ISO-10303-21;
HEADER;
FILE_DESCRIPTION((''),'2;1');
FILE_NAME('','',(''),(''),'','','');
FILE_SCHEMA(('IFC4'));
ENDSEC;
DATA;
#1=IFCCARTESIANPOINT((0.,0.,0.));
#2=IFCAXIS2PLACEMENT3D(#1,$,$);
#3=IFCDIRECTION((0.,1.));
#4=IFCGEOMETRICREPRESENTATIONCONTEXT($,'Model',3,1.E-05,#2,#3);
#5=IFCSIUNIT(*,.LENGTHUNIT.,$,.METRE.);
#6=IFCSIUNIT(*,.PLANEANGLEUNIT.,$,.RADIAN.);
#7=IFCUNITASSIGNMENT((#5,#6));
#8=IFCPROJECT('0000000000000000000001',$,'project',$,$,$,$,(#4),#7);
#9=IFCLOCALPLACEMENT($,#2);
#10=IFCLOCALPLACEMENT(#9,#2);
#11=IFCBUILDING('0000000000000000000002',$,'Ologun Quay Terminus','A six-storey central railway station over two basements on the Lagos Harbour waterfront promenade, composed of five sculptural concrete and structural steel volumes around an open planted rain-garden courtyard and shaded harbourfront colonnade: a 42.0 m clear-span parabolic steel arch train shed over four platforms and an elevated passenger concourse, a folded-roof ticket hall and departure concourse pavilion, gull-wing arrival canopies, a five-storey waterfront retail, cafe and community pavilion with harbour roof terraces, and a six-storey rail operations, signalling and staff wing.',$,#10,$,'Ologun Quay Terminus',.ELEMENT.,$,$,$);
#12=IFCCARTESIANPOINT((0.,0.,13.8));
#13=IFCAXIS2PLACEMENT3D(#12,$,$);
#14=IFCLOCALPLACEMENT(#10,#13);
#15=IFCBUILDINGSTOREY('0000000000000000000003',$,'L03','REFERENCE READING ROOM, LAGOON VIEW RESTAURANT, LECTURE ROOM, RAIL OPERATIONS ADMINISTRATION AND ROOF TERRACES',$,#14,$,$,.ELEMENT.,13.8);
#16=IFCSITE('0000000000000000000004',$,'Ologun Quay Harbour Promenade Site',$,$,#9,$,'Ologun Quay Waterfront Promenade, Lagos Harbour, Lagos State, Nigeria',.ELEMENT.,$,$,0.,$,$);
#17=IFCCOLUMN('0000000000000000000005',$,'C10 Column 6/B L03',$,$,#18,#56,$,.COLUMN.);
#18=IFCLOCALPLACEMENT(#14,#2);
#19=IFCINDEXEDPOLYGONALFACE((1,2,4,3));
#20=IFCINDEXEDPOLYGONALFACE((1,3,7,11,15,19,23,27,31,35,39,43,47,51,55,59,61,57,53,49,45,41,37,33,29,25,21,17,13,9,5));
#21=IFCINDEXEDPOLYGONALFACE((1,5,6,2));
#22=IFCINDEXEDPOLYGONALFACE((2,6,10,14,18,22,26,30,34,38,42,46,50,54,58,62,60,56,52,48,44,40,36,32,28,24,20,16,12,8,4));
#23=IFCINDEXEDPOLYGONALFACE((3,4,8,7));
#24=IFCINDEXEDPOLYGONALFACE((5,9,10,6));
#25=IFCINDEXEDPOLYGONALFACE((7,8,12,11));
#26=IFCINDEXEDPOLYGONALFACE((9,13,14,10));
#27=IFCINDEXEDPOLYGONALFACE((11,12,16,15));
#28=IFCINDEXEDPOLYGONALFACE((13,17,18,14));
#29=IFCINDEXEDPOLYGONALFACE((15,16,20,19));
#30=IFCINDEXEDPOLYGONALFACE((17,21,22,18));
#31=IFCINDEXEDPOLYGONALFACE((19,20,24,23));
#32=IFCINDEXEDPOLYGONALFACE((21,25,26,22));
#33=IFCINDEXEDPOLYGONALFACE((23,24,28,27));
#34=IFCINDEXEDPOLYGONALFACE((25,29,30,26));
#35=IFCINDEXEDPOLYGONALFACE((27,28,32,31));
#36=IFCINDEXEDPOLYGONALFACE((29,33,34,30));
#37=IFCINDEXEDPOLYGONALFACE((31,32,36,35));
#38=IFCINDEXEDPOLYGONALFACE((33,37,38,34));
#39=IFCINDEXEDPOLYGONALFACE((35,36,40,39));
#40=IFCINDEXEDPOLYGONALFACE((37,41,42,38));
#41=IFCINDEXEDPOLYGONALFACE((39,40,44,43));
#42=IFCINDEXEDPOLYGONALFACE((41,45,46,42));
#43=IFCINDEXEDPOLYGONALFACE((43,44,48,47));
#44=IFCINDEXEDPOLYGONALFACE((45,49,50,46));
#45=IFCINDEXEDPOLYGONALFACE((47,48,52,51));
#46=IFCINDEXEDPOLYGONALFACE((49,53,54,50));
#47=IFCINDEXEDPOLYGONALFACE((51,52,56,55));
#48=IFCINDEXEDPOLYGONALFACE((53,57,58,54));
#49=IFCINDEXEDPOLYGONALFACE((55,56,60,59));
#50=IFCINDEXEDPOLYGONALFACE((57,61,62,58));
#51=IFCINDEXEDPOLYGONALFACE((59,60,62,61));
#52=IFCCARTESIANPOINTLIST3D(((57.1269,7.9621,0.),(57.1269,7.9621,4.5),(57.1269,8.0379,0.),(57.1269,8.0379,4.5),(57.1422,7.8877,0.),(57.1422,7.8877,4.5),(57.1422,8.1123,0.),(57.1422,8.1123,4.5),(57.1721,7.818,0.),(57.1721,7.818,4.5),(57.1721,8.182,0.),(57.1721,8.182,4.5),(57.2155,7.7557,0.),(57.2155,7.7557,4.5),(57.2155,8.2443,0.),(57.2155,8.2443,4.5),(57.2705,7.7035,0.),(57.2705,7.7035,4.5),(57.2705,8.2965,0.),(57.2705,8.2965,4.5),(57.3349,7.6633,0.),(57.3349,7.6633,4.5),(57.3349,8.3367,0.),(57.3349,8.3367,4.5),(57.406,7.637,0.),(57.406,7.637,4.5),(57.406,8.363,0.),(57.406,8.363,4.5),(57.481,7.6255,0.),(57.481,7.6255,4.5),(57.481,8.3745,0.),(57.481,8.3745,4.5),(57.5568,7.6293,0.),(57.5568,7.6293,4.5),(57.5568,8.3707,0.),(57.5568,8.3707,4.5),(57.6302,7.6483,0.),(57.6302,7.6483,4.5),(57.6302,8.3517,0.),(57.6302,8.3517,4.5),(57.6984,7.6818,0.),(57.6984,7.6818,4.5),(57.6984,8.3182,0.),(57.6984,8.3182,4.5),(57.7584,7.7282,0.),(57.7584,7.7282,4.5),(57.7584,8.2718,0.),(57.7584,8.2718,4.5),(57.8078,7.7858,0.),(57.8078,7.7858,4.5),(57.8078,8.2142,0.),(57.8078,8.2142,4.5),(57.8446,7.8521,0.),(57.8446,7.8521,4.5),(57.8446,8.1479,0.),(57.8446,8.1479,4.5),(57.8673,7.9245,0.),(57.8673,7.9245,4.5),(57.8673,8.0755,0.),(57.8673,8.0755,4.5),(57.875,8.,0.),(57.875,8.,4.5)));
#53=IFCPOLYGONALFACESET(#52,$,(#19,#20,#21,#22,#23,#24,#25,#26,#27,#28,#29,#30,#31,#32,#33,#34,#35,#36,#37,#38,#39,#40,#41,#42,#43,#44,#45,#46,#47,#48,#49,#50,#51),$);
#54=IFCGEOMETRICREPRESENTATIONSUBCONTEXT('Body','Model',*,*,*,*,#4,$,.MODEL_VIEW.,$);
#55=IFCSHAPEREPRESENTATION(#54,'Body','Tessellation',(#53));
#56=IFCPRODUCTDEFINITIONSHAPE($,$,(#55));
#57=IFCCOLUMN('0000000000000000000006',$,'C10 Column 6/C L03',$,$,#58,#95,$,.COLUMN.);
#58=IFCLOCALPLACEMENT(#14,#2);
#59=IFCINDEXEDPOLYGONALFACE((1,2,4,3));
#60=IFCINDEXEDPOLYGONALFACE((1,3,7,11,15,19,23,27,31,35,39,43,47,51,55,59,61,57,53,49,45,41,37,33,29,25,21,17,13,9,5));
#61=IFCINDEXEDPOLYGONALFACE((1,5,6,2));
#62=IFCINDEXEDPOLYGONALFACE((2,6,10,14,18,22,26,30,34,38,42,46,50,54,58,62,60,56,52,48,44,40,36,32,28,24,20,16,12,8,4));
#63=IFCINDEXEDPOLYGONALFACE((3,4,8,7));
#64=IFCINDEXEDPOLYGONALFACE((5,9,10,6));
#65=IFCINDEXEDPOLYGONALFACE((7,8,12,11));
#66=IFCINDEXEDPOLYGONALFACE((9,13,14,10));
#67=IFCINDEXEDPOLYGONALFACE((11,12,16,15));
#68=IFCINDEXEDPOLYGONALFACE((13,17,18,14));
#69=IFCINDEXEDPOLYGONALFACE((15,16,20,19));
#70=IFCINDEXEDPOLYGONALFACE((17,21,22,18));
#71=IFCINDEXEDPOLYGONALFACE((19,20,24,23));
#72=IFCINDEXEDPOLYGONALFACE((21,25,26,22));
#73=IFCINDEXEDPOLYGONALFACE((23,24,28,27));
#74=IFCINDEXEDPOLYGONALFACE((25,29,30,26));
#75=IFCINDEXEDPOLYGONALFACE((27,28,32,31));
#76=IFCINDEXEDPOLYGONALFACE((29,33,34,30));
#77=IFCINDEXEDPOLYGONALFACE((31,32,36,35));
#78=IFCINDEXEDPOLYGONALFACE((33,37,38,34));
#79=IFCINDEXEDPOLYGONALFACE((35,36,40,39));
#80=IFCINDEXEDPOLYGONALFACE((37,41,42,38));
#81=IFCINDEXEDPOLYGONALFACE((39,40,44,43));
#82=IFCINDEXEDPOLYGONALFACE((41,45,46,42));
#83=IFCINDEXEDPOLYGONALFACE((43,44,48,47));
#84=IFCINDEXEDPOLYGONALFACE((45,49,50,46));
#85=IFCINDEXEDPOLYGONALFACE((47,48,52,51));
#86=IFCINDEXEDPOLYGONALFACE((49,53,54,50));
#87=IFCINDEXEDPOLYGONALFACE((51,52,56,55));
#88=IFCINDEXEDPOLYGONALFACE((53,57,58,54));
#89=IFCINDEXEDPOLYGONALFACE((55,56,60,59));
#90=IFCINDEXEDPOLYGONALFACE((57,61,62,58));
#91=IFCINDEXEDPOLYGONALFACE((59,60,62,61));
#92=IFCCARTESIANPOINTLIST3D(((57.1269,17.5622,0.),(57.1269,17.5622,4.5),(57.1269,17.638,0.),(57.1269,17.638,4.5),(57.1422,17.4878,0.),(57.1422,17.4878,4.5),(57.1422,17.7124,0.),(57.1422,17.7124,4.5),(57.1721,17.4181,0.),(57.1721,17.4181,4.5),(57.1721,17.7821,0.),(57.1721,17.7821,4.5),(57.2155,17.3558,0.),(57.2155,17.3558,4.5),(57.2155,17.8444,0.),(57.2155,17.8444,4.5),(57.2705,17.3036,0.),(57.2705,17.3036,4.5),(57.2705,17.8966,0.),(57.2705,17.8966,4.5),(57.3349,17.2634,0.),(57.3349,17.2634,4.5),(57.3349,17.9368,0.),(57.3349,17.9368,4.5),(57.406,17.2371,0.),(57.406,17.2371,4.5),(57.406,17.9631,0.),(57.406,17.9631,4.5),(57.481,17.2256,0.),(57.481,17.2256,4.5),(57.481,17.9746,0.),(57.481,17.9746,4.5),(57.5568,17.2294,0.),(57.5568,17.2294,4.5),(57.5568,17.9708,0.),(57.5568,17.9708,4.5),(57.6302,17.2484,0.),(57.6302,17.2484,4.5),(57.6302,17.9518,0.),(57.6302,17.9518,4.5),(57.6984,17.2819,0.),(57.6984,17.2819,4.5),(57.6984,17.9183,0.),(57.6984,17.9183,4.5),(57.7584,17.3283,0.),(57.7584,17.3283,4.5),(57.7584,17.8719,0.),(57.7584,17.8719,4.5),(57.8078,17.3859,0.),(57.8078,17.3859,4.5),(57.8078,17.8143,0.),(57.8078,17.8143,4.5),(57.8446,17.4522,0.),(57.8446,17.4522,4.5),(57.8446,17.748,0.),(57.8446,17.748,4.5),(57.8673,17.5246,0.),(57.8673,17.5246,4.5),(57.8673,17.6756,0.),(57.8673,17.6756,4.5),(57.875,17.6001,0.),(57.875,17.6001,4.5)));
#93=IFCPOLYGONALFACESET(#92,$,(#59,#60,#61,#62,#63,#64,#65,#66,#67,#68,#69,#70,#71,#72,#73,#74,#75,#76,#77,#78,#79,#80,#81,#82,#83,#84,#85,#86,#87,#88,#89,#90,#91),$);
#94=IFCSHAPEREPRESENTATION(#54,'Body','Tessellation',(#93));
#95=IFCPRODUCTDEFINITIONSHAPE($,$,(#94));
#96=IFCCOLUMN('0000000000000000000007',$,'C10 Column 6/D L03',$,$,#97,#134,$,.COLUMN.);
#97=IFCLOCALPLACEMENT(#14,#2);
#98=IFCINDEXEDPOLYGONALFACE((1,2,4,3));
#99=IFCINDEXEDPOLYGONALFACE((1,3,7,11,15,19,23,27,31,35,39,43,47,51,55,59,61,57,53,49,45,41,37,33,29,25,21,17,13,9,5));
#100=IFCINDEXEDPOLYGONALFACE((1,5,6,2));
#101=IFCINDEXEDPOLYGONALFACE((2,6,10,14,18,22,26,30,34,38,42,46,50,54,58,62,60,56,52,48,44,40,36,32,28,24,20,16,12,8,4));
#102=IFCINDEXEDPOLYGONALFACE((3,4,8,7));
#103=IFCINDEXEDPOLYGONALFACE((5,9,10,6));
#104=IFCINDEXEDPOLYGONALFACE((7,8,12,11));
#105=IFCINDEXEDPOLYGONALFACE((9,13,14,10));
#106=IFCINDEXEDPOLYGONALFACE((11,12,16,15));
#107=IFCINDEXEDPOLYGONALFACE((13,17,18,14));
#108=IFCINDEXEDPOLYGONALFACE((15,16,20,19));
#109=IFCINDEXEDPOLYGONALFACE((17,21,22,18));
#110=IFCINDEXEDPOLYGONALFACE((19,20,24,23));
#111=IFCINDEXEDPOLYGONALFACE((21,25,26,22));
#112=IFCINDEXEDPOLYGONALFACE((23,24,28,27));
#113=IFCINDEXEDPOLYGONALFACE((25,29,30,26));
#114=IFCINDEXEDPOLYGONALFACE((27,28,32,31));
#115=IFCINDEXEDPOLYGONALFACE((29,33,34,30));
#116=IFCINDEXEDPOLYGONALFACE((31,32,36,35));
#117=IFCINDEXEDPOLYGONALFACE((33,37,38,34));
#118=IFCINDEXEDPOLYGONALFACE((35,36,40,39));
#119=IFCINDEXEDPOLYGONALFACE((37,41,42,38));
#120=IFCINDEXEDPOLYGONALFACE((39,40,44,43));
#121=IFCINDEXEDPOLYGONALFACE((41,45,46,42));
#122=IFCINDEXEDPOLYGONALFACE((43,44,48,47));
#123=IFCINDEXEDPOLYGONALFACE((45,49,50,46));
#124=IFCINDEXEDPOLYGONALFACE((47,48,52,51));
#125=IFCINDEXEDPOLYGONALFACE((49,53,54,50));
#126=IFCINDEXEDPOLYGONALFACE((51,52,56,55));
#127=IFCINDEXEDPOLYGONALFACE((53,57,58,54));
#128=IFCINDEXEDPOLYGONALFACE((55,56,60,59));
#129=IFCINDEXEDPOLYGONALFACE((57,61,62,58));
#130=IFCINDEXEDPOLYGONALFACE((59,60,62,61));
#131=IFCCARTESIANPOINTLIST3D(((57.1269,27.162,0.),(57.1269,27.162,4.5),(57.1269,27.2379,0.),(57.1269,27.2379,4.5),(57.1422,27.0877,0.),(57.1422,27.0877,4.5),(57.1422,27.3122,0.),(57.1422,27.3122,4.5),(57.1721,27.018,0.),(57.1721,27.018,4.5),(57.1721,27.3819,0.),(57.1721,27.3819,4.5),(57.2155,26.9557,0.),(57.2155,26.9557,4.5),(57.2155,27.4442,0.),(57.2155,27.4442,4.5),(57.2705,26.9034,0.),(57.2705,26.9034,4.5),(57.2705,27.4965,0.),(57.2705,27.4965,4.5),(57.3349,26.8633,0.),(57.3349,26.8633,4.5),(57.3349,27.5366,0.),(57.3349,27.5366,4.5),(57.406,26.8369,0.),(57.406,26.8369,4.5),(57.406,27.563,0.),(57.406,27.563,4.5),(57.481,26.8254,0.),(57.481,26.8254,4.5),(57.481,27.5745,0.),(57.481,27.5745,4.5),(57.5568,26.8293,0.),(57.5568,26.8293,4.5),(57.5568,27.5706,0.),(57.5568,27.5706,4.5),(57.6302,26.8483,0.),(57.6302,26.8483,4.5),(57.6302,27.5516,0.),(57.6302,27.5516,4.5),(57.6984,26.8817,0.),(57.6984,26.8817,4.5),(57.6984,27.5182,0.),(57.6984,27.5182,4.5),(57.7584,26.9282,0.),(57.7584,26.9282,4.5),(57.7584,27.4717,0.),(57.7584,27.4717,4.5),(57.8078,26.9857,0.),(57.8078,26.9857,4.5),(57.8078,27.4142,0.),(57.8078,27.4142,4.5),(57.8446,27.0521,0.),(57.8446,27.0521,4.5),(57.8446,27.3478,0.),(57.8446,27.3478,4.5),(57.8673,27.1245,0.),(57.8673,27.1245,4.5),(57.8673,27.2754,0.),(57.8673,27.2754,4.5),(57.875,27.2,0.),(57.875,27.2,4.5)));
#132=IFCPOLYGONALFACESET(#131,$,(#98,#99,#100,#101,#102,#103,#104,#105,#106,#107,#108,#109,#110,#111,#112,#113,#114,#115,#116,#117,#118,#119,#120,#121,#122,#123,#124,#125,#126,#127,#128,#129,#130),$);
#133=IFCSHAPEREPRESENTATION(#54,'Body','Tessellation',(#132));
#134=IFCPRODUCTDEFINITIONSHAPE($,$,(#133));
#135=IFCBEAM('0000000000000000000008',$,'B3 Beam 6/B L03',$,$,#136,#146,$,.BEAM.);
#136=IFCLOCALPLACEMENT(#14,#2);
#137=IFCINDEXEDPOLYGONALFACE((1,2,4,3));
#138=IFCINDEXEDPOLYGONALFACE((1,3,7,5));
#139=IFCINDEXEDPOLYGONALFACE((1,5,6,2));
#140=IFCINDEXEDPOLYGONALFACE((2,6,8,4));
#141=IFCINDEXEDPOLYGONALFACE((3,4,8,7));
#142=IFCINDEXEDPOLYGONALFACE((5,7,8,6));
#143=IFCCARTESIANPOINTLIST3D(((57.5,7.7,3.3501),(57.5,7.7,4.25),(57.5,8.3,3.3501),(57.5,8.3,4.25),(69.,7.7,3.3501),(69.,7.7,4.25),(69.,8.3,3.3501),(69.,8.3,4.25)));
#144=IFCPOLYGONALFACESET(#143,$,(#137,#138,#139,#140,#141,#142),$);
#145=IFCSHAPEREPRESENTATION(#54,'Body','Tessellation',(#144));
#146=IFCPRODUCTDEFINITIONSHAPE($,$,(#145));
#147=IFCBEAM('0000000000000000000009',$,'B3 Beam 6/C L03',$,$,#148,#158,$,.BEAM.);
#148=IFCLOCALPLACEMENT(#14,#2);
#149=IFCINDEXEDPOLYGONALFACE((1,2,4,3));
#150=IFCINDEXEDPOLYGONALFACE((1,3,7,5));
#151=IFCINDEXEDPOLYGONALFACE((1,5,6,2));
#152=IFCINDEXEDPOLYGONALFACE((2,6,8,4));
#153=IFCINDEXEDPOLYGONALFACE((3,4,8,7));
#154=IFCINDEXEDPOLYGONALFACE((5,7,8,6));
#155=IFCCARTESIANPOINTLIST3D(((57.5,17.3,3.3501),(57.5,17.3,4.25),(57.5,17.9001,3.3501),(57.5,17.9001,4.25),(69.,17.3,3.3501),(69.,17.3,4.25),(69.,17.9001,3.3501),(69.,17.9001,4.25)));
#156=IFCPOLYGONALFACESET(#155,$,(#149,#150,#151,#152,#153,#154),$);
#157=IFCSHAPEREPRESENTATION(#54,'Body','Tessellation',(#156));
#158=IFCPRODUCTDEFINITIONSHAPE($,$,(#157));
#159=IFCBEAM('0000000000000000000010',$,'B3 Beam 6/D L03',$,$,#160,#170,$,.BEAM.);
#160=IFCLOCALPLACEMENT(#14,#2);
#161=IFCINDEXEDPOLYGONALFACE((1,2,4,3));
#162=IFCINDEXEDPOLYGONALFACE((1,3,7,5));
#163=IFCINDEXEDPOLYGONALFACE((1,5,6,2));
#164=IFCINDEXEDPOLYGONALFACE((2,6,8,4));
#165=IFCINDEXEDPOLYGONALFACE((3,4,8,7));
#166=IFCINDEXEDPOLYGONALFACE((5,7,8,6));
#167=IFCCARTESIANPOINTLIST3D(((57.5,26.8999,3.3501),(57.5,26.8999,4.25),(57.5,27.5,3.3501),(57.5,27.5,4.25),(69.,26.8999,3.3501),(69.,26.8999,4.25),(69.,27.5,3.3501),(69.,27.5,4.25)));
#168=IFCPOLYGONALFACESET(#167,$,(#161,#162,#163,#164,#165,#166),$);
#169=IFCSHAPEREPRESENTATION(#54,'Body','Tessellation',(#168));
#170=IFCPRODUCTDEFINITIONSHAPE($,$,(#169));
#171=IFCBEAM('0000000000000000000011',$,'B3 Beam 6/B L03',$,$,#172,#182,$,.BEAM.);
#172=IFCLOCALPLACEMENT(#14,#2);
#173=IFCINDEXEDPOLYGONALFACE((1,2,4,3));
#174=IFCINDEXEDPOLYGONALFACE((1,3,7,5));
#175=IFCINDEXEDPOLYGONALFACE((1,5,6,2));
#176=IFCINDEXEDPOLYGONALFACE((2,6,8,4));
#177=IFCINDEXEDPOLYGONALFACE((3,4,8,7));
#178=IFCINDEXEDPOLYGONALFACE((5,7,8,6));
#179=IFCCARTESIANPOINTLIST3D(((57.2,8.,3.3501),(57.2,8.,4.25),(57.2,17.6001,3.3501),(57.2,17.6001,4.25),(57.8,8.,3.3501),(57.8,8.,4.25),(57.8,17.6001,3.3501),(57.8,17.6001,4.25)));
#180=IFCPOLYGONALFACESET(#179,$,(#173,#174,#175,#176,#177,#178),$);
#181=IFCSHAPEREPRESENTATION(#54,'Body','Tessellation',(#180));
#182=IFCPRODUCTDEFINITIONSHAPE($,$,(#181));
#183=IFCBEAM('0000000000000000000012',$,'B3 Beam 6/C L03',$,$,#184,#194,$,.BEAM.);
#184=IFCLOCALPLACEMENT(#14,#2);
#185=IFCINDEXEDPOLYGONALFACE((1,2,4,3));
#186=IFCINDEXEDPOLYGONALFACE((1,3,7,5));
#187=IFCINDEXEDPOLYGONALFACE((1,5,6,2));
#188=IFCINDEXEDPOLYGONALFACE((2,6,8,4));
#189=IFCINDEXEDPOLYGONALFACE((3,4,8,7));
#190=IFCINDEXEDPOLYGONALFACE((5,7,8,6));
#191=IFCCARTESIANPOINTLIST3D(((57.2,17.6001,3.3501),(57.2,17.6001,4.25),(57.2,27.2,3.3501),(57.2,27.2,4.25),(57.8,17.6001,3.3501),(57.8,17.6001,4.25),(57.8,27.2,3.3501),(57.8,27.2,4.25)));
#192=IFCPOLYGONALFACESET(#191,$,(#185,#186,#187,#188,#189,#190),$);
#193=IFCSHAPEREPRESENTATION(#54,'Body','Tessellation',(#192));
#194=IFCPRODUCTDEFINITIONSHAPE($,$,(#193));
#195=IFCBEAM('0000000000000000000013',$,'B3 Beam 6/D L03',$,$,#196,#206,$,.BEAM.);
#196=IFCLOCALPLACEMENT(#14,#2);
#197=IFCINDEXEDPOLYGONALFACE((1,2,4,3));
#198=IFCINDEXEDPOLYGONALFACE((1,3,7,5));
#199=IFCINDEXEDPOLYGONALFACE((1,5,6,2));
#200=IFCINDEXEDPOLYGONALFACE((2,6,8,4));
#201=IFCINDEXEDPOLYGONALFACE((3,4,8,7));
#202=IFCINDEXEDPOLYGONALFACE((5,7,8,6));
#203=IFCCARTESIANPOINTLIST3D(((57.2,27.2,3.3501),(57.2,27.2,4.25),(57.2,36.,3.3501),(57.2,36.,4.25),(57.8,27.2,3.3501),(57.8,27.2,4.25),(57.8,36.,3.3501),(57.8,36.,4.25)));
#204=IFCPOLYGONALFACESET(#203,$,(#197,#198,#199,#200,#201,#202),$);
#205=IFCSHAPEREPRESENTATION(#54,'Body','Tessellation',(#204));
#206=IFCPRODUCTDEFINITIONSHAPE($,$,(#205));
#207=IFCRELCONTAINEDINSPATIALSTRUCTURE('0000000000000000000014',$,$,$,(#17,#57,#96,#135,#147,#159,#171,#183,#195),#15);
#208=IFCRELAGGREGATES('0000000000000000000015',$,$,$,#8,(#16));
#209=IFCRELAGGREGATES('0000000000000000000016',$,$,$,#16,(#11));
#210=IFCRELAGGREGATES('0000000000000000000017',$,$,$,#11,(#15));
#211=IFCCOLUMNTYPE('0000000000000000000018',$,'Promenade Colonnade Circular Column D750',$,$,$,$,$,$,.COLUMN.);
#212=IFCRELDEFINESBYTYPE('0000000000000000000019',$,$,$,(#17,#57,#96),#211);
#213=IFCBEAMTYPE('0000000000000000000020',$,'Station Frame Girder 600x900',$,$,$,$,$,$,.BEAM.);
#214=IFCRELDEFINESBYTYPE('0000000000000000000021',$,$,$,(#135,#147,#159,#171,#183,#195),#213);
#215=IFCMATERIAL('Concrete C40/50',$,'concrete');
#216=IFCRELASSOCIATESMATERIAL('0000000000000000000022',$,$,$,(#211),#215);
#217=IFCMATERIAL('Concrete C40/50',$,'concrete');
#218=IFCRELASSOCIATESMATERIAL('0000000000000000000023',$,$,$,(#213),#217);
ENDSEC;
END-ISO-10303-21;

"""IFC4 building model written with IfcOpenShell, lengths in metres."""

from ifc_helpers import new_model, si_unit, direction, frame, origin, origin_2d, place, context, subcontext, project, spatial, rectangle, circle, extrude, material, material_profile, profile_set, type_object, element, save


model = new_model("IFC4")

# Units and contexts
model_context = context("Model", 3, precision=1e-05, world=origin(), true_north=direction((0.0, 1.0)))
body_context = subcontext(model_context, "Body", "Model", "MODEL_VIEW")
ifc_project = project(units=[si_unit("LENGTHUNIT", "METRE"), si_unit("PLANEANGLEUNIT", "RADIAN")], contexts=[model_context])

# Site, building, storey
site_placement = place(None, origin())
site = spatial("IfcSite", under=ifc_project, at=site_placement, Name="Ologun Quay Harbour Promenade Site", LongName="Ologun Quay Waterfront Promenade, Lagos Harbour, Lagos State, Nigeria", CompositionType="ELEMENT", RefElevation=0.0)
building_placement = place(site_placement, origin())
building = spatial("IfcBuilding", under=site, at=building_placement, Name="Ologun Quay Terminus", Description="A six-storey central railway station over two basements on the Lagos Harbour waterfront promenade, composed of five sculptural concrete and structural steel volumes around an open planted rain-garden courtyard and shaded harbourfront colonnade: a 42.0 m clear-span parabolic steel arch train shed over four platforms and an elevated passenger concourse, a folded-roof ticket hall and departure concourse pavilion, gull-wing arrival canopies, a five-storey waterfront retail, cafe and community pavilion with harbour roof terraces, and a six-storey rail operations, signalling and staff wing.", LongName="Ologun Quay Terminus", CompositionType="ELEMENT")
storey_placement = place(building_placement, frame((0.0, 0.0, 13.8)))
storey = spatial("IfcBuildingStorey", under=building, at=storey_placement, Name="L03", Description="REFERENCE READING ROOM, LAGOON VIEW RESTAURANT, LECTURE ROOM, RAIL OPERATIONS ADMINISTRATION AND ROOF TERRACES", CompositionType="ELEMENT", Elevation=13.8)

# Columns
ifc_material_1 = material(Name="Concrete C40/50", Category="concrete")
ifc_material_profile_1 = material_profile(ifc_material_1, circle(Radius=0.375, at=origin_2d()), Name="RC D750")
ifc_profile_set_1 = profile_set([ifc_material_profile_1], Name="Concrete C40/50")
column_type = type_object("IfcColumnType", Name="Promenade Colonnade Circular Column D750", PredefinedType="COLUMN", material=ifc_profile_set_1)
for number, where, z_axis, x_axis, name in (
    (1, (57.5, 8.0, 0.0), (0.0, 0.0, 1.0), (1.0, 0.0, 0.0), "C10 Column 6/B L03"),
    (2, (57.5, 17.6001, 0.0), (0.0, 0.0, 1.0), (1.0, 0.0, 0.0), "C10 Column 6/C L03"),
    (3, (57.5, 27.2, 0.0), (0.0, 0.0, 1.0), (1.0, 0.0, 0.0), "C10 Column 6/D L03"),
):
    element("IfcColumn", number, at=place(storey_placement, frame(where, z_axis=z_axis, x_axis=x_axis)), inside=storey, type_object=column_type, Name=name, PredefinedType="COLUMN", context=body_context, shape_type="SweptSolid", body=[
        extrude(circle(Radius=0.375, at=origin_2d()), origin(), (0.0, 0.0, 1.0), 4.5),
    ])

# Beams
ifc_material_2 = material(Name="Concrete C40/50", Category="concrete")
ifc_material_profile_2 = material_profile(ifc_material_2, rectangle(XDim=0.6001, YDim=0.8999, at=origin_2d()), Name="RC 600x900")
ifc_profile_set_2 = profile_set([ifc_material_profile_2], Name="Concrete C40/50")
beam_type = type_object("IfcBeamType", Name="Station Frame Girder 600x900", PredefinedType="BEAM", material=ifc_profile_set_2)
for number, where, z_axis, x_axis, name in (
    (4, (57.5, 8.0, 3.8), (1.0, 0.0, 0.0), (0.0, 1.0, 0.0), "B3 Beam 6/B L03"),
    (5, (57.5, 17.6001, 3.8), (1.0, 0.0, 0.0), (0.0, 1.0, 0.0), "B3 Beam 6/C L03"),
    (6, (57.5, 27.2, 3.8), (1.0, 0.0, 0.0), (0.0, 1.0, 0.0), "B3 Beam 6/D L03"),
):
    element("IfcBeam", number, at=place(storey_placement, frame(where, z_axis=z_axis, x_axis=x_axis)), inside=storey, type_object=beam_type, Name=name, PredefinedType="BEAM", context=body_context, shape_type="SweptSolid", body=[
        extrude(rectangle(XDim=0.6001, YDim=0.8999, at=origin_2d()), origin(), (0.0, 0.0, 1.0), 11.5),
    ])
beam_1_placement = place(storey_placement, frame((57.5, 8.0, 3.8), z_axis=(0.0, 1.0, 0.0), x_axis=(-1.0, 0.0, 0.0)))
element("IfcBeam", 7, at=beam_1_placement, inside=storey, type_object=beam_type, Name="B3 Beam 6/B L03", PredefinedType="BEAM", context=body_context, shape_type="SweptSolid", body=[
    extrude(rectangle(XDim=0.6001, YDim=0.8999, at=origin_2d()), origin(), (0.0, 0.0, 1.0), 9.6001),
])
beam_2_placement = place(storey_placement, frame((57.5, 17.6001, 3.8), z_axis=(0.0, 1.0, 0.0), x_axis=(-1.0, 0.0, 0.0)))
element("IfcBeam", 8, at=beam_2_placement, inside=storey, type_object=beam_type, Name="B3 Beam 6/C L03", PredefinedType="BEAM", context=body_context, shape_type="SweptSolid", body=[
    extrude(rectangle(XDim=0.6001, YDim=0.8999, at=origin_2d()), origin(), (0.0, 0.0, 1.0), 9.5999),
])
beam_3_placement = place(storey_placement, frame((57.5, 27.2, 3.8), z_axis=(0.0, 1.0, 0.0), x_axis=(-1.0, 0.0, 0.0)))
element("IfcBeam", 9, at=beam_3_placement, inside=storey, type_object=beam_type, Name="B3 Beam 6/D L03", PredefinedType="BEAM", context=body_context, shape_type="SweptSolid", body=[
    extrude(rectangle(XDim=0.6001, YDim=0.8999, at=origin_2d()), origin(), (0.0, 0.0, 1.0), 8.8),
])

save(model, "model.ifc")
